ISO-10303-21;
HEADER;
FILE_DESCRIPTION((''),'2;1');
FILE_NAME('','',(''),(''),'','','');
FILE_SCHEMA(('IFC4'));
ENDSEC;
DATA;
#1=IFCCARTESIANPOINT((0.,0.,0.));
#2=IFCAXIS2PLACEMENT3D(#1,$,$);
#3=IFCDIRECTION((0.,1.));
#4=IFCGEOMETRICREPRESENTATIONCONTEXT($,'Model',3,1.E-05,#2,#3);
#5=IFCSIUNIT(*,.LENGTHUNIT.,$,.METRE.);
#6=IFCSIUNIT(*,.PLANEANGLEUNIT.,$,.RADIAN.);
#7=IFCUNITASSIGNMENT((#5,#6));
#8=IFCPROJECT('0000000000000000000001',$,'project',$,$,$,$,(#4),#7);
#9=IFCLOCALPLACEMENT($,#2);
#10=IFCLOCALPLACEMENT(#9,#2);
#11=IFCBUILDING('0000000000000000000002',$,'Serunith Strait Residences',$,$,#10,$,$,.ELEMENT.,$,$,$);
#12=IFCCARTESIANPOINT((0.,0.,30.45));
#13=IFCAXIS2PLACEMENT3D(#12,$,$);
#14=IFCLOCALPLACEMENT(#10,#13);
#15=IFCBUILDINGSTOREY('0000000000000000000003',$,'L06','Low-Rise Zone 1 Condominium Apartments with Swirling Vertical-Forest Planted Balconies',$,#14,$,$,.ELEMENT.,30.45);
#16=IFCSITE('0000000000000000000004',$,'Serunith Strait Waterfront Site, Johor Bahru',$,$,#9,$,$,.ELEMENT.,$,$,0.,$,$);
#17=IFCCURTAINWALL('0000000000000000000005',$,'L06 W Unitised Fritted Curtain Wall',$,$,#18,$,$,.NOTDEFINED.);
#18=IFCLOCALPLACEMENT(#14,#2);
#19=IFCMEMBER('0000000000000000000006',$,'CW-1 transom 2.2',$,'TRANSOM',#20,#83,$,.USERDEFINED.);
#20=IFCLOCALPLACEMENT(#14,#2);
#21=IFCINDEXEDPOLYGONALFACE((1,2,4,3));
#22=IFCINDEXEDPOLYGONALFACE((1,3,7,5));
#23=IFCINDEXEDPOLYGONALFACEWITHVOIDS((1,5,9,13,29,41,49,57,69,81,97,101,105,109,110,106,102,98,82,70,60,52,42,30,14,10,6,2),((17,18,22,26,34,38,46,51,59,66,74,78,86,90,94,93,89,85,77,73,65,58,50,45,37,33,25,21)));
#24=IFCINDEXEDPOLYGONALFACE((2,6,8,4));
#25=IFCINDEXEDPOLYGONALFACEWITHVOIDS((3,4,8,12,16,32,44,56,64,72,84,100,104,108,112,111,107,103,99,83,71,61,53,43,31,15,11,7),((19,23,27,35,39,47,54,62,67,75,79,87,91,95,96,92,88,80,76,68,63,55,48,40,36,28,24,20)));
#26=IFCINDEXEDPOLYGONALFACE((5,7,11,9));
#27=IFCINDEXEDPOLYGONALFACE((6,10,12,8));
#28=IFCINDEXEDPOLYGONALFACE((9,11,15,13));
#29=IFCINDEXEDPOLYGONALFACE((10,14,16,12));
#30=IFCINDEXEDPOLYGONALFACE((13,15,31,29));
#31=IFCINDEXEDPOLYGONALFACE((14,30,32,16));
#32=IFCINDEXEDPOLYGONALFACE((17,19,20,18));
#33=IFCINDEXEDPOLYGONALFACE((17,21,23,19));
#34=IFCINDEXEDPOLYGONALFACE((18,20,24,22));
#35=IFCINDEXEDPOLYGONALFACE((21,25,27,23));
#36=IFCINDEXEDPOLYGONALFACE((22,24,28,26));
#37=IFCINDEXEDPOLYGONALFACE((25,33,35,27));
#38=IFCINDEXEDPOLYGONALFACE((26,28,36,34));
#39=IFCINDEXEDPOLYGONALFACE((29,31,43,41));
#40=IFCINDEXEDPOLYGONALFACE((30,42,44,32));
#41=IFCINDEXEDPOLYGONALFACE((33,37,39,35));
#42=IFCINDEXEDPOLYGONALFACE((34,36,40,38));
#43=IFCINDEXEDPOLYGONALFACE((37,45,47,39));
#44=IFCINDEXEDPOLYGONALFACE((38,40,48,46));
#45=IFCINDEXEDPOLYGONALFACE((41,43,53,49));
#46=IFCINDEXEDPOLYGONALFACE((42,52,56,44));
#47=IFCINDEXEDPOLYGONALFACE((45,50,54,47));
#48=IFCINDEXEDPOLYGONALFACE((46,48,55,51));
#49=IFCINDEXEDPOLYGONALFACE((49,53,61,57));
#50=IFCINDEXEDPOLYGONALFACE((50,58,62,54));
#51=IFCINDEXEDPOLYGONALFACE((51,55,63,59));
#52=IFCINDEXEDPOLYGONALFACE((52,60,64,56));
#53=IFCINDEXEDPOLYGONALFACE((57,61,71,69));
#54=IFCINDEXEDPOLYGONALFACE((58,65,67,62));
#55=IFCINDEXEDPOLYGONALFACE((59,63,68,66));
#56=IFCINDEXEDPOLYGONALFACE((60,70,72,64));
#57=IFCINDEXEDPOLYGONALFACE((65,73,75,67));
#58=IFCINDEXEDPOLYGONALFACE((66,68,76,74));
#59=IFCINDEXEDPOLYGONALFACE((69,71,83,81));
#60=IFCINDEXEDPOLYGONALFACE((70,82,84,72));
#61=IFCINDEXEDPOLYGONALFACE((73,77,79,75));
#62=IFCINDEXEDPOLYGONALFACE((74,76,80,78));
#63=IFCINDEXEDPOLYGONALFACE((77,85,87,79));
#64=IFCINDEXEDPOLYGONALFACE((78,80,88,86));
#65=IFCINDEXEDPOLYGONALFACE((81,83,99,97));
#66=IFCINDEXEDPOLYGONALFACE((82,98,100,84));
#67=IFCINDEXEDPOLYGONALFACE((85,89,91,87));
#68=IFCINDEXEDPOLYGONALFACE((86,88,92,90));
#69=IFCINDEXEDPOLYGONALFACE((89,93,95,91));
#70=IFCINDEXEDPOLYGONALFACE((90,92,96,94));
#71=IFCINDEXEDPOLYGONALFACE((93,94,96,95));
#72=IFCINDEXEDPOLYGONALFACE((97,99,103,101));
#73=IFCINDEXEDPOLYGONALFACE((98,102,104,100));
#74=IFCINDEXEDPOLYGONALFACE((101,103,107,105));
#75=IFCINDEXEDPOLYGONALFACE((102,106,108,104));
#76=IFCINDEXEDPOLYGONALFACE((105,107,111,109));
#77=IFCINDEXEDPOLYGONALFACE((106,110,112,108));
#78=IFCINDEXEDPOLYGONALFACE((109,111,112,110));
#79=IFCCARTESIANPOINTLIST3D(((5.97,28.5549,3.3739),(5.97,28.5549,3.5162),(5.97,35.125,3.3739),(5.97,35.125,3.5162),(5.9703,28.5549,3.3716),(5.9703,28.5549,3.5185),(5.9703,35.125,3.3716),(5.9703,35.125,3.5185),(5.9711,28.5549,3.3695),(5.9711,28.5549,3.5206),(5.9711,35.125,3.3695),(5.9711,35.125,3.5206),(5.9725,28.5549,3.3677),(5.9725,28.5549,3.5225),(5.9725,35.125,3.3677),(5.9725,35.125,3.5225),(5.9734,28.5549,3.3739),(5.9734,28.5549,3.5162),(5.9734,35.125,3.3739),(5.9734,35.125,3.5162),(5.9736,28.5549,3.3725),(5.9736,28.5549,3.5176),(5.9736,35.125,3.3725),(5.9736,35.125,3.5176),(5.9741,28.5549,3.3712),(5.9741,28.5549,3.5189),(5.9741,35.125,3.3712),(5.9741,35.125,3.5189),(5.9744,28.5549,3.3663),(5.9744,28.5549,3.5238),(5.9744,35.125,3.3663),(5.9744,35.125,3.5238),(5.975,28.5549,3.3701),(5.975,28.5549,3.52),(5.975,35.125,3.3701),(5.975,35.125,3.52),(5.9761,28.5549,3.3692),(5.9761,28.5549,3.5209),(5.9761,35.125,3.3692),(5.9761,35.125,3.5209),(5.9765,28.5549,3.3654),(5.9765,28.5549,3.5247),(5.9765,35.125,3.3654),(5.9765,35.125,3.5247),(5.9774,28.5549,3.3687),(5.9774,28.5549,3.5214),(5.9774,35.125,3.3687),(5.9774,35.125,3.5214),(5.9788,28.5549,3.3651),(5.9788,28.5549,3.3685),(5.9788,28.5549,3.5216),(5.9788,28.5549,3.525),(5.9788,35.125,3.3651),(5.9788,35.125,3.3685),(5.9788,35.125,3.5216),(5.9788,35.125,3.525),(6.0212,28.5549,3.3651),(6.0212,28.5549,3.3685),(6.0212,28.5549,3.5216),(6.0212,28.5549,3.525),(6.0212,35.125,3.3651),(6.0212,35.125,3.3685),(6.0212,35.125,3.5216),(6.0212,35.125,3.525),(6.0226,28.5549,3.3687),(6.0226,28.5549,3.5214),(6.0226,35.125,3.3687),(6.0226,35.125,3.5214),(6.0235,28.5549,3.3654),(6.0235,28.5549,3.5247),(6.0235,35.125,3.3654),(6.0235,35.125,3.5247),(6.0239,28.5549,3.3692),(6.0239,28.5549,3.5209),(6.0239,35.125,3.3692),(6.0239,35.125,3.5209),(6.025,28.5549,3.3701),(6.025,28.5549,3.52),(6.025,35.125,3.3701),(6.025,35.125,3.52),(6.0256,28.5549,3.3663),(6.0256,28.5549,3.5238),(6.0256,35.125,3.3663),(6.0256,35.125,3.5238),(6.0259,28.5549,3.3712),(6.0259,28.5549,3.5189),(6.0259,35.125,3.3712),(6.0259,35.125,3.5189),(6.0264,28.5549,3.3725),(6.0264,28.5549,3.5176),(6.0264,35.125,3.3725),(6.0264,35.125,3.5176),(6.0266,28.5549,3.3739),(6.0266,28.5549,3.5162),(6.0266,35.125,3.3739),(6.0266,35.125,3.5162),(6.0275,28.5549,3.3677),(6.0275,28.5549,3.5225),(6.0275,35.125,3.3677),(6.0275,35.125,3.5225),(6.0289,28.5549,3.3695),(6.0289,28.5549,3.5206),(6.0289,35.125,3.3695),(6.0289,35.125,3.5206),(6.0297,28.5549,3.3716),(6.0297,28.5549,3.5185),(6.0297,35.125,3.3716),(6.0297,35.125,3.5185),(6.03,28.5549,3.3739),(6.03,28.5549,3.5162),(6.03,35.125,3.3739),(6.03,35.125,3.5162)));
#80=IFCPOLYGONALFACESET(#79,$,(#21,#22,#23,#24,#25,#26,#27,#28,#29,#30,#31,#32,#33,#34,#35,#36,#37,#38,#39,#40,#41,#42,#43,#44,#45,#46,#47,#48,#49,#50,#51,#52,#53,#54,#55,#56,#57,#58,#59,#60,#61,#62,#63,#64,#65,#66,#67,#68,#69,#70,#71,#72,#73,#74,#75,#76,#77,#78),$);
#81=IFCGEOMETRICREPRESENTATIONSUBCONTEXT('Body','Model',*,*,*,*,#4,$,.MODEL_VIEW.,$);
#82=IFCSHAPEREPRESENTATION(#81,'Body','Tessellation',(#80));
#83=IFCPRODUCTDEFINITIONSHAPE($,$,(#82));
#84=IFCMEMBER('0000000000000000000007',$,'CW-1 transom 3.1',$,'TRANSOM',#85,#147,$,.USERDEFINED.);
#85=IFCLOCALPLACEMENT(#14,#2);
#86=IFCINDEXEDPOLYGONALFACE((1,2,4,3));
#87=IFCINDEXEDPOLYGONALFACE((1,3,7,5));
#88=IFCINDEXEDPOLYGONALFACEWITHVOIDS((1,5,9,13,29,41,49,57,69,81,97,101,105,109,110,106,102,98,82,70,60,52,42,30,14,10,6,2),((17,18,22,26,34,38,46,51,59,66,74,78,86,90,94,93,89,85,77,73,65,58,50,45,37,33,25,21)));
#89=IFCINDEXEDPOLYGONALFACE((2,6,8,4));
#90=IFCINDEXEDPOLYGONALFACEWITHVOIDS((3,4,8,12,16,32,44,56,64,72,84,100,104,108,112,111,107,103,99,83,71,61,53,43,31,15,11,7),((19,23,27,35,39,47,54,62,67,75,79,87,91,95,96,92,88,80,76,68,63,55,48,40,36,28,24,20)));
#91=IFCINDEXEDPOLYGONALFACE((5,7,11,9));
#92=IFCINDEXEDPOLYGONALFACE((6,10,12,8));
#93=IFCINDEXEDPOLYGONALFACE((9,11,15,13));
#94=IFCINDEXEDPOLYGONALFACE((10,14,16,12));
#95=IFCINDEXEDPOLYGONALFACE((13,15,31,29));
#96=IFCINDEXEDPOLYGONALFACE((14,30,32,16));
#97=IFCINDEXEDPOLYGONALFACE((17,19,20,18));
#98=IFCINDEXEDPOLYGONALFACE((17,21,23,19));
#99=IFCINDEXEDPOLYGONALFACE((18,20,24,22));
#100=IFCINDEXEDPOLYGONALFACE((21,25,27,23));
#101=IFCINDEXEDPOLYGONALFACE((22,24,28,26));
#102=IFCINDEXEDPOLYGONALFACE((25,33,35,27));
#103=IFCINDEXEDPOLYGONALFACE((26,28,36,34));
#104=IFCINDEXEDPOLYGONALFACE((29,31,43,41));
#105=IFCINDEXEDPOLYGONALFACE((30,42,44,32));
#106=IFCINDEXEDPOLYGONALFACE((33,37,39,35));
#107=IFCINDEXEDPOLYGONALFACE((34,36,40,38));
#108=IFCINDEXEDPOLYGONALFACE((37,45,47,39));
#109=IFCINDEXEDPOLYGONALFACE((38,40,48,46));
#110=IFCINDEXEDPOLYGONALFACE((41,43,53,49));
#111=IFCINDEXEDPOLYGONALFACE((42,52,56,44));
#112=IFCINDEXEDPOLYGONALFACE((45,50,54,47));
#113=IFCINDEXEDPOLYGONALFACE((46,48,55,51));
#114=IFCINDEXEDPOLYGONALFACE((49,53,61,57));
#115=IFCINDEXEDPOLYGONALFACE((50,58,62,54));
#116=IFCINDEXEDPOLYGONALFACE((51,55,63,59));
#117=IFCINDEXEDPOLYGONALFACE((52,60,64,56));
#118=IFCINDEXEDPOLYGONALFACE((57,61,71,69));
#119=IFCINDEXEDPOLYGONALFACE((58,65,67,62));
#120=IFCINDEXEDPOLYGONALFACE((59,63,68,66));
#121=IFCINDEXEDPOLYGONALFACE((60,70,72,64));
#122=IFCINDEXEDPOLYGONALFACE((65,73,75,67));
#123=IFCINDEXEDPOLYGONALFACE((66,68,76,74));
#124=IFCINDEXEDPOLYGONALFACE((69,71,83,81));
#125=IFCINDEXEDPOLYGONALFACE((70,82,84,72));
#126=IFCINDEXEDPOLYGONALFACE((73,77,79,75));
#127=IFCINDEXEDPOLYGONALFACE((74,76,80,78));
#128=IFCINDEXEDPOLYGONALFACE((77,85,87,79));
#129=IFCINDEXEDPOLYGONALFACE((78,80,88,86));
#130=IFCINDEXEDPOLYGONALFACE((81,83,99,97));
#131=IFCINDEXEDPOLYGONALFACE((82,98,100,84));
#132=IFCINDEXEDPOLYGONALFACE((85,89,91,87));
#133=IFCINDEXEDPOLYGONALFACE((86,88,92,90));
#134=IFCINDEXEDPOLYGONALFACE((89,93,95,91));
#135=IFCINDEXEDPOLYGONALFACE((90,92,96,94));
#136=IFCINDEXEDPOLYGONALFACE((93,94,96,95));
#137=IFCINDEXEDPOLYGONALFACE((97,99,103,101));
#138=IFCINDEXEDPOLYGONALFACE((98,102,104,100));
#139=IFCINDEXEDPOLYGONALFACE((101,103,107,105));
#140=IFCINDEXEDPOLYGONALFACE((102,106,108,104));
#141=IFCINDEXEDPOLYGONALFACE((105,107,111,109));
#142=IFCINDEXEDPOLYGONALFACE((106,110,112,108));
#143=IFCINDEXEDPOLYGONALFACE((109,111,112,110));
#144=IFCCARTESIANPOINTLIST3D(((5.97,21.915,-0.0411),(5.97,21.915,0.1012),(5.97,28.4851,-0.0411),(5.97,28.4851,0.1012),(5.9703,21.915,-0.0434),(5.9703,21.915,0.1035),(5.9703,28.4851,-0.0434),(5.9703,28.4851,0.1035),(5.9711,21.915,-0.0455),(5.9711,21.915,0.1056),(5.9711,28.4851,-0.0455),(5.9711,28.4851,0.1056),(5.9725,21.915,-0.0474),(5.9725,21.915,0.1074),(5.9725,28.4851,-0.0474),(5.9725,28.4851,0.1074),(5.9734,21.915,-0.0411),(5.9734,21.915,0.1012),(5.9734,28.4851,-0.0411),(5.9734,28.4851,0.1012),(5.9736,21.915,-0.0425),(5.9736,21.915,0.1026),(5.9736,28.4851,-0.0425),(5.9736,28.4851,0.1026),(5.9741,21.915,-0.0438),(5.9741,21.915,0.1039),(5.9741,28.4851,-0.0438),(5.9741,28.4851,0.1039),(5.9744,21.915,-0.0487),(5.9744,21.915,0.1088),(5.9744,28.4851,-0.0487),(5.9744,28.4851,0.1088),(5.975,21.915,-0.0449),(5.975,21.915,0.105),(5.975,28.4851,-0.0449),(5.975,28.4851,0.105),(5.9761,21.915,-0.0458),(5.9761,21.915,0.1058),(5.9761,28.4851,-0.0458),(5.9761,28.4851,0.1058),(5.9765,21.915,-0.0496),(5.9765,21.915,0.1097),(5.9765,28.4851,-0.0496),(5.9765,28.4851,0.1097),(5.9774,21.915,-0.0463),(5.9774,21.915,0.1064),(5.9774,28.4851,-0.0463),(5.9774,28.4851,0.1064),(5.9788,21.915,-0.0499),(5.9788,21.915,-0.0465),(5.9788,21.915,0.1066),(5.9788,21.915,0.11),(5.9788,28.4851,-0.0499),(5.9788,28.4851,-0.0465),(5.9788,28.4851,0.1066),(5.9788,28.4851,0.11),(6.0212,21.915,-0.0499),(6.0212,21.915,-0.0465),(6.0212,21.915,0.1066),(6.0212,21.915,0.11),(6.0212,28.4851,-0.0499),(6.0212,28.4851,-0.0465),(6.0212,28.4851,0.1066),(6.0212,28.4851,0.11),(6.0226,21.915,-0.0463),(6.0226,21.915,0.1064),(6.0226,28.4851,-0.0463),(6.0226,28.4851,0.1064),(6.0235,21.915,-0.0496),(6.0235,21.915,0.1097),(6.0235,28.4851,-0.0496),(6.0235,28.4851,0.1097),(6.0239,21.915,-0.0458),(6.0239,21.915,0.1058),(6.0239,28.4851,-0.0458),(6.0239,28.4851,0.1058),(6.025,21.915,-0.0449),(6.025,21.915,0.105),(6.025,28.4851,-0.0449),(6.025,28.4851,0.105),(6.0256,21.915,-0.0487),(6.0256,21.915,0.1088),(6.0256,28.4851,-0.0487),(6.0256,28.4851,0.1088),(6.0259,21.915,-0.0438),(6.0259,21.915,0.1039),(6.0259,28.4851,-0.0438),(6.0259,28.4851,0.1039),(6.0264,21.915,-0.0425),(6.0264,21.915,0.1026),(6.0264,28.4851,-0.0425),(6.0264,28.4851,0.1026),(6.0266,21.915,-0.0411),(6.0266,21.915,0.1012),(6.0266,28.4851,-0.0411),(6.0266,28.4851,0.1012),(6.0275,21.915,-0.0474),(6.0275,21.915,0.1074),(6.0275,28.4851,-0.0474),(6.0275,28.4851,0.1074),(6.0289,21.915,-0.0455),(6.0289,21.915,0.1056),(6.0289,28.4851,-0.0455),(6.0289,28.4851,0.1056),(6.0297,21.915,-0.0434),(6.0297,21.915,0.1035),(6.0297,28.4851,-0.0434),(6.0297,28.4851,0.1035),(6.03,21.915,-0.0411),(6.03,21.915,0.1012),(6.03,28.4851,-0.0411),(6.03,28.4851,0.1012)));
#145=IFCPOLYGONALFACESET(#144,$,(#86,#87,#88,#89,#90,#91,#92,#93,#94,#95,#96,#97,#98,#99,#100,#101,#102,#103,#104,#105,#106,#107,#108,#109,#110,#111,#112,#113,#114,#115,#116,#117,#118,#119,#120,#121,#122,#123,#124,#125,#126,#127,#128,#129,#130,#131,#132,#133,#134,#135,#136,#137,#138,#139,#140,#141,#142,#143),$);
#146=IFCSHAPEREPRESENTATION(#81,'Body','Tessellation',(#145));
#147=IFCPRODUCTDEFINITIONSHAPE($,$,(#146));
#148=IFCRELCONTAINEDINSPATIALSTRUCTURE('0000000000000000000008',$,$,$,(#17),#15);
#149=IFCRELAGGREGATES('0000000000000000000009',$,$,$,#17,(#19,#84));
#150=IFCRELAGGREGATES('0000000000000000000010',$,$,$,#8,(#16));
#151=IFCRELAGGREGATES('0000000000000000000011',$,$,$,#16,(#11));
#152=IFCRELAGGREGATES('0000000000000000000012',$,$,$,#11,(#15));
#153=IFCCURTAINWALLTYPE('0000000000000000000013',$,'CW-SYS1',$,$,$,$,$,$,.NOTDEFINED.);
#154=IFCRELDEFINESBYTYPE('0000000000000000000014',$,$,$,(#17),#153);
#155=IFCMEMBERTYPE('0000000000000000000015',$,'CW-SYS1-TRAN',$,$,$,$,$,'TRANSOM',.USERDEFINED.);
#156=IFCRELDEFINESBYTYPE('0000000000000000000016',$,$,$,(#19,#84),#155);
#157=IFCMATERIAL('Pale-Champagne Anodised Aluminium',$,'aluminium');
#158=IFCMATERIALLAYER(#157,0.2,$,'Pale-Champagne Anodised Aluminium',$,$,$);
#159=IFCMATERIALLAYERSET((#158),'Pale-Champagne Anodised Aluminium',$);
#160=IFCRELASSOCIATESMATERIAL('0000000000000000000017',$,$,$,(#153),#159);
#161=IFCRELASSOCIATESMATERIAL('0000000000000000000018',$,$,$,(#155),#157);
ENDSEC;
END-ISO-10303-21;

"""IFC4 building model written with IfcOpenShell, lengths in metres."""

from ifc_helpers import new_model, si_unit, direction, frame, origin, origin_2d, place, context, subcontext, project, spatial, hollow_rectangle, extrude, source, transform, mapped, material, layer, layer_set, material_profile, profile_set, type_object, element, aggregate, save


model = new_model("IFC4")

# Units and contexts
model_context = context("Model", 3, precision=1e-05, world=origin(), true_north=direction((0.0, 1.0)))
body_context = subcontext(model_context, "Body", "Model", "MODEL_VIEW")
ifc_project = project(units=[si_unit("LENGTHUNIT", "METRE"), si_unit("PLANEANGLEUNIT", "RADIAN")], contexts=[model_context])

# Site, building, storey
site_placement = place(None, origin())
site = spatial("IfcSite", under=ifc_project, at=site_placement, Name="Serunith Strait Waterfront Site, Johor Bahru", CompositionType="ELEMENT", RefElevation=0.0)
building_placement = place(site_placement, origin())
building = spatial("IfcBuilding", under=site, at=building_placement, Name="Serunith Strait Residences", CompositionType="ELEMENT")
storey_placement = place(building_placement, frame((0.0, 0.0, 30.45)))
storey = spatial("IfcBuildingStorey", under=building, at=storey_placement, Name="L06", Description="Low-Rise Zone 1 Condominium Apartments with Swirling Vertical-Forest Planted Balconies", CompositionType="ELEMENT", Elevation=30.45)

# Curtain wall, members
ifc_material_1 = material(Name="Pale-Champagne Anodised Aluminium", Category="aluminium")
ifc_layer_1 = layer(ifc_material_1, 0.2, Name="Pale-Champagne Anodised Aluminium")
ifc_layer_set_1 = layer_set([ifc_layer_1], Name="Pale-Champagne Anodised Aluminium")
curtain_wall_type = type_object("IfcCurtainWallType", Name="CW-SYS1", PredefinedType="NOTDEFINED", material=ifc_layer_set_1)
curtain_wall_placement = place(storey_placement, origin())
curtain_wall = element("IfcCurtainWall", 1, at=curtain_wall_placement, inside=storey, type_object=curtain_wall_type, Name="L06 W Unitised Fritted Curtain Wall", PredefinedType="NOTDEFINED")
ifc_material_profile_1 = material_profile(ifc_material_1, hollow_rectangle(XDim=0.0601, YDim=0.1599, WallThickness=0.0034, InnerFilletRadius=0.0054, OuterFilletRadius=0.0088, at=origin_2d()), Name="ALU 160x60x3.5")
ifc_profile_set_1 = profile_set([ifc_material_profile_1], Name="Pale-Champagne Anodised Aluminium")
member_type_1 = type_object("IfcMemberType", Name="CW-SYS1-TRAN", ElementType="TRANSOM", PredefinedType="USERDEFINED", material=ifc_profile_set_1)
shared_shape_1 = source(origin(), body_context, "Body", "SweptSolid", [
    extrude(hollow_rectangle(XDim=0.0601, YDim=0.1599, WallThickness=0.0034, InnerFilletRadius=0.0054, OuterFilletRadius=0.0088, at=origin_2d()), origin(), (0.0, 0.0, 1.0), 6.5701),
])
member_1_placement = place(storey_placement, frame((6.0, 35.125, 3.4451), z_axis=(0.0, -1.0, 0.0), x_axis=(1.0, 0.0, 0.0)))
member_1 = element("IfcMember", 2, at=member_1_placement, type_object=member_type_1, Name="CW-1 transom 2.2", ObjectType="TRANSOM", PredefinedType="USERDEFINED", context=body_context, shape_type="MappedRepresentation", body=[
    mapped(shared_shape_1, transform((0.0, 0.0, 0.0), scale=1.0)),
])
member_2_placement = place(storey_placement, frame((6.0, 28.4851, 0.03), z_axis=(0.0, -1.0, 0.0), x_axis=(1.0, 0.0, 0.0)))
member_2 = element("IfcMember", 3, at=member_2_placement, type_object=member_type_1, Name="CW-1 transom 3.1", ObjectType="TRANSOM", PredefinedType="USERDEFINED", context=body_context, shape_type="MappedRepresentation", body=[
    mapped(shared_shape_1, transform((0.0, 0.0, 0.0), scale=1.0)),
])
aggregate(curtain_wall, [member_1, member_2])

save(model, "model.ifc")
